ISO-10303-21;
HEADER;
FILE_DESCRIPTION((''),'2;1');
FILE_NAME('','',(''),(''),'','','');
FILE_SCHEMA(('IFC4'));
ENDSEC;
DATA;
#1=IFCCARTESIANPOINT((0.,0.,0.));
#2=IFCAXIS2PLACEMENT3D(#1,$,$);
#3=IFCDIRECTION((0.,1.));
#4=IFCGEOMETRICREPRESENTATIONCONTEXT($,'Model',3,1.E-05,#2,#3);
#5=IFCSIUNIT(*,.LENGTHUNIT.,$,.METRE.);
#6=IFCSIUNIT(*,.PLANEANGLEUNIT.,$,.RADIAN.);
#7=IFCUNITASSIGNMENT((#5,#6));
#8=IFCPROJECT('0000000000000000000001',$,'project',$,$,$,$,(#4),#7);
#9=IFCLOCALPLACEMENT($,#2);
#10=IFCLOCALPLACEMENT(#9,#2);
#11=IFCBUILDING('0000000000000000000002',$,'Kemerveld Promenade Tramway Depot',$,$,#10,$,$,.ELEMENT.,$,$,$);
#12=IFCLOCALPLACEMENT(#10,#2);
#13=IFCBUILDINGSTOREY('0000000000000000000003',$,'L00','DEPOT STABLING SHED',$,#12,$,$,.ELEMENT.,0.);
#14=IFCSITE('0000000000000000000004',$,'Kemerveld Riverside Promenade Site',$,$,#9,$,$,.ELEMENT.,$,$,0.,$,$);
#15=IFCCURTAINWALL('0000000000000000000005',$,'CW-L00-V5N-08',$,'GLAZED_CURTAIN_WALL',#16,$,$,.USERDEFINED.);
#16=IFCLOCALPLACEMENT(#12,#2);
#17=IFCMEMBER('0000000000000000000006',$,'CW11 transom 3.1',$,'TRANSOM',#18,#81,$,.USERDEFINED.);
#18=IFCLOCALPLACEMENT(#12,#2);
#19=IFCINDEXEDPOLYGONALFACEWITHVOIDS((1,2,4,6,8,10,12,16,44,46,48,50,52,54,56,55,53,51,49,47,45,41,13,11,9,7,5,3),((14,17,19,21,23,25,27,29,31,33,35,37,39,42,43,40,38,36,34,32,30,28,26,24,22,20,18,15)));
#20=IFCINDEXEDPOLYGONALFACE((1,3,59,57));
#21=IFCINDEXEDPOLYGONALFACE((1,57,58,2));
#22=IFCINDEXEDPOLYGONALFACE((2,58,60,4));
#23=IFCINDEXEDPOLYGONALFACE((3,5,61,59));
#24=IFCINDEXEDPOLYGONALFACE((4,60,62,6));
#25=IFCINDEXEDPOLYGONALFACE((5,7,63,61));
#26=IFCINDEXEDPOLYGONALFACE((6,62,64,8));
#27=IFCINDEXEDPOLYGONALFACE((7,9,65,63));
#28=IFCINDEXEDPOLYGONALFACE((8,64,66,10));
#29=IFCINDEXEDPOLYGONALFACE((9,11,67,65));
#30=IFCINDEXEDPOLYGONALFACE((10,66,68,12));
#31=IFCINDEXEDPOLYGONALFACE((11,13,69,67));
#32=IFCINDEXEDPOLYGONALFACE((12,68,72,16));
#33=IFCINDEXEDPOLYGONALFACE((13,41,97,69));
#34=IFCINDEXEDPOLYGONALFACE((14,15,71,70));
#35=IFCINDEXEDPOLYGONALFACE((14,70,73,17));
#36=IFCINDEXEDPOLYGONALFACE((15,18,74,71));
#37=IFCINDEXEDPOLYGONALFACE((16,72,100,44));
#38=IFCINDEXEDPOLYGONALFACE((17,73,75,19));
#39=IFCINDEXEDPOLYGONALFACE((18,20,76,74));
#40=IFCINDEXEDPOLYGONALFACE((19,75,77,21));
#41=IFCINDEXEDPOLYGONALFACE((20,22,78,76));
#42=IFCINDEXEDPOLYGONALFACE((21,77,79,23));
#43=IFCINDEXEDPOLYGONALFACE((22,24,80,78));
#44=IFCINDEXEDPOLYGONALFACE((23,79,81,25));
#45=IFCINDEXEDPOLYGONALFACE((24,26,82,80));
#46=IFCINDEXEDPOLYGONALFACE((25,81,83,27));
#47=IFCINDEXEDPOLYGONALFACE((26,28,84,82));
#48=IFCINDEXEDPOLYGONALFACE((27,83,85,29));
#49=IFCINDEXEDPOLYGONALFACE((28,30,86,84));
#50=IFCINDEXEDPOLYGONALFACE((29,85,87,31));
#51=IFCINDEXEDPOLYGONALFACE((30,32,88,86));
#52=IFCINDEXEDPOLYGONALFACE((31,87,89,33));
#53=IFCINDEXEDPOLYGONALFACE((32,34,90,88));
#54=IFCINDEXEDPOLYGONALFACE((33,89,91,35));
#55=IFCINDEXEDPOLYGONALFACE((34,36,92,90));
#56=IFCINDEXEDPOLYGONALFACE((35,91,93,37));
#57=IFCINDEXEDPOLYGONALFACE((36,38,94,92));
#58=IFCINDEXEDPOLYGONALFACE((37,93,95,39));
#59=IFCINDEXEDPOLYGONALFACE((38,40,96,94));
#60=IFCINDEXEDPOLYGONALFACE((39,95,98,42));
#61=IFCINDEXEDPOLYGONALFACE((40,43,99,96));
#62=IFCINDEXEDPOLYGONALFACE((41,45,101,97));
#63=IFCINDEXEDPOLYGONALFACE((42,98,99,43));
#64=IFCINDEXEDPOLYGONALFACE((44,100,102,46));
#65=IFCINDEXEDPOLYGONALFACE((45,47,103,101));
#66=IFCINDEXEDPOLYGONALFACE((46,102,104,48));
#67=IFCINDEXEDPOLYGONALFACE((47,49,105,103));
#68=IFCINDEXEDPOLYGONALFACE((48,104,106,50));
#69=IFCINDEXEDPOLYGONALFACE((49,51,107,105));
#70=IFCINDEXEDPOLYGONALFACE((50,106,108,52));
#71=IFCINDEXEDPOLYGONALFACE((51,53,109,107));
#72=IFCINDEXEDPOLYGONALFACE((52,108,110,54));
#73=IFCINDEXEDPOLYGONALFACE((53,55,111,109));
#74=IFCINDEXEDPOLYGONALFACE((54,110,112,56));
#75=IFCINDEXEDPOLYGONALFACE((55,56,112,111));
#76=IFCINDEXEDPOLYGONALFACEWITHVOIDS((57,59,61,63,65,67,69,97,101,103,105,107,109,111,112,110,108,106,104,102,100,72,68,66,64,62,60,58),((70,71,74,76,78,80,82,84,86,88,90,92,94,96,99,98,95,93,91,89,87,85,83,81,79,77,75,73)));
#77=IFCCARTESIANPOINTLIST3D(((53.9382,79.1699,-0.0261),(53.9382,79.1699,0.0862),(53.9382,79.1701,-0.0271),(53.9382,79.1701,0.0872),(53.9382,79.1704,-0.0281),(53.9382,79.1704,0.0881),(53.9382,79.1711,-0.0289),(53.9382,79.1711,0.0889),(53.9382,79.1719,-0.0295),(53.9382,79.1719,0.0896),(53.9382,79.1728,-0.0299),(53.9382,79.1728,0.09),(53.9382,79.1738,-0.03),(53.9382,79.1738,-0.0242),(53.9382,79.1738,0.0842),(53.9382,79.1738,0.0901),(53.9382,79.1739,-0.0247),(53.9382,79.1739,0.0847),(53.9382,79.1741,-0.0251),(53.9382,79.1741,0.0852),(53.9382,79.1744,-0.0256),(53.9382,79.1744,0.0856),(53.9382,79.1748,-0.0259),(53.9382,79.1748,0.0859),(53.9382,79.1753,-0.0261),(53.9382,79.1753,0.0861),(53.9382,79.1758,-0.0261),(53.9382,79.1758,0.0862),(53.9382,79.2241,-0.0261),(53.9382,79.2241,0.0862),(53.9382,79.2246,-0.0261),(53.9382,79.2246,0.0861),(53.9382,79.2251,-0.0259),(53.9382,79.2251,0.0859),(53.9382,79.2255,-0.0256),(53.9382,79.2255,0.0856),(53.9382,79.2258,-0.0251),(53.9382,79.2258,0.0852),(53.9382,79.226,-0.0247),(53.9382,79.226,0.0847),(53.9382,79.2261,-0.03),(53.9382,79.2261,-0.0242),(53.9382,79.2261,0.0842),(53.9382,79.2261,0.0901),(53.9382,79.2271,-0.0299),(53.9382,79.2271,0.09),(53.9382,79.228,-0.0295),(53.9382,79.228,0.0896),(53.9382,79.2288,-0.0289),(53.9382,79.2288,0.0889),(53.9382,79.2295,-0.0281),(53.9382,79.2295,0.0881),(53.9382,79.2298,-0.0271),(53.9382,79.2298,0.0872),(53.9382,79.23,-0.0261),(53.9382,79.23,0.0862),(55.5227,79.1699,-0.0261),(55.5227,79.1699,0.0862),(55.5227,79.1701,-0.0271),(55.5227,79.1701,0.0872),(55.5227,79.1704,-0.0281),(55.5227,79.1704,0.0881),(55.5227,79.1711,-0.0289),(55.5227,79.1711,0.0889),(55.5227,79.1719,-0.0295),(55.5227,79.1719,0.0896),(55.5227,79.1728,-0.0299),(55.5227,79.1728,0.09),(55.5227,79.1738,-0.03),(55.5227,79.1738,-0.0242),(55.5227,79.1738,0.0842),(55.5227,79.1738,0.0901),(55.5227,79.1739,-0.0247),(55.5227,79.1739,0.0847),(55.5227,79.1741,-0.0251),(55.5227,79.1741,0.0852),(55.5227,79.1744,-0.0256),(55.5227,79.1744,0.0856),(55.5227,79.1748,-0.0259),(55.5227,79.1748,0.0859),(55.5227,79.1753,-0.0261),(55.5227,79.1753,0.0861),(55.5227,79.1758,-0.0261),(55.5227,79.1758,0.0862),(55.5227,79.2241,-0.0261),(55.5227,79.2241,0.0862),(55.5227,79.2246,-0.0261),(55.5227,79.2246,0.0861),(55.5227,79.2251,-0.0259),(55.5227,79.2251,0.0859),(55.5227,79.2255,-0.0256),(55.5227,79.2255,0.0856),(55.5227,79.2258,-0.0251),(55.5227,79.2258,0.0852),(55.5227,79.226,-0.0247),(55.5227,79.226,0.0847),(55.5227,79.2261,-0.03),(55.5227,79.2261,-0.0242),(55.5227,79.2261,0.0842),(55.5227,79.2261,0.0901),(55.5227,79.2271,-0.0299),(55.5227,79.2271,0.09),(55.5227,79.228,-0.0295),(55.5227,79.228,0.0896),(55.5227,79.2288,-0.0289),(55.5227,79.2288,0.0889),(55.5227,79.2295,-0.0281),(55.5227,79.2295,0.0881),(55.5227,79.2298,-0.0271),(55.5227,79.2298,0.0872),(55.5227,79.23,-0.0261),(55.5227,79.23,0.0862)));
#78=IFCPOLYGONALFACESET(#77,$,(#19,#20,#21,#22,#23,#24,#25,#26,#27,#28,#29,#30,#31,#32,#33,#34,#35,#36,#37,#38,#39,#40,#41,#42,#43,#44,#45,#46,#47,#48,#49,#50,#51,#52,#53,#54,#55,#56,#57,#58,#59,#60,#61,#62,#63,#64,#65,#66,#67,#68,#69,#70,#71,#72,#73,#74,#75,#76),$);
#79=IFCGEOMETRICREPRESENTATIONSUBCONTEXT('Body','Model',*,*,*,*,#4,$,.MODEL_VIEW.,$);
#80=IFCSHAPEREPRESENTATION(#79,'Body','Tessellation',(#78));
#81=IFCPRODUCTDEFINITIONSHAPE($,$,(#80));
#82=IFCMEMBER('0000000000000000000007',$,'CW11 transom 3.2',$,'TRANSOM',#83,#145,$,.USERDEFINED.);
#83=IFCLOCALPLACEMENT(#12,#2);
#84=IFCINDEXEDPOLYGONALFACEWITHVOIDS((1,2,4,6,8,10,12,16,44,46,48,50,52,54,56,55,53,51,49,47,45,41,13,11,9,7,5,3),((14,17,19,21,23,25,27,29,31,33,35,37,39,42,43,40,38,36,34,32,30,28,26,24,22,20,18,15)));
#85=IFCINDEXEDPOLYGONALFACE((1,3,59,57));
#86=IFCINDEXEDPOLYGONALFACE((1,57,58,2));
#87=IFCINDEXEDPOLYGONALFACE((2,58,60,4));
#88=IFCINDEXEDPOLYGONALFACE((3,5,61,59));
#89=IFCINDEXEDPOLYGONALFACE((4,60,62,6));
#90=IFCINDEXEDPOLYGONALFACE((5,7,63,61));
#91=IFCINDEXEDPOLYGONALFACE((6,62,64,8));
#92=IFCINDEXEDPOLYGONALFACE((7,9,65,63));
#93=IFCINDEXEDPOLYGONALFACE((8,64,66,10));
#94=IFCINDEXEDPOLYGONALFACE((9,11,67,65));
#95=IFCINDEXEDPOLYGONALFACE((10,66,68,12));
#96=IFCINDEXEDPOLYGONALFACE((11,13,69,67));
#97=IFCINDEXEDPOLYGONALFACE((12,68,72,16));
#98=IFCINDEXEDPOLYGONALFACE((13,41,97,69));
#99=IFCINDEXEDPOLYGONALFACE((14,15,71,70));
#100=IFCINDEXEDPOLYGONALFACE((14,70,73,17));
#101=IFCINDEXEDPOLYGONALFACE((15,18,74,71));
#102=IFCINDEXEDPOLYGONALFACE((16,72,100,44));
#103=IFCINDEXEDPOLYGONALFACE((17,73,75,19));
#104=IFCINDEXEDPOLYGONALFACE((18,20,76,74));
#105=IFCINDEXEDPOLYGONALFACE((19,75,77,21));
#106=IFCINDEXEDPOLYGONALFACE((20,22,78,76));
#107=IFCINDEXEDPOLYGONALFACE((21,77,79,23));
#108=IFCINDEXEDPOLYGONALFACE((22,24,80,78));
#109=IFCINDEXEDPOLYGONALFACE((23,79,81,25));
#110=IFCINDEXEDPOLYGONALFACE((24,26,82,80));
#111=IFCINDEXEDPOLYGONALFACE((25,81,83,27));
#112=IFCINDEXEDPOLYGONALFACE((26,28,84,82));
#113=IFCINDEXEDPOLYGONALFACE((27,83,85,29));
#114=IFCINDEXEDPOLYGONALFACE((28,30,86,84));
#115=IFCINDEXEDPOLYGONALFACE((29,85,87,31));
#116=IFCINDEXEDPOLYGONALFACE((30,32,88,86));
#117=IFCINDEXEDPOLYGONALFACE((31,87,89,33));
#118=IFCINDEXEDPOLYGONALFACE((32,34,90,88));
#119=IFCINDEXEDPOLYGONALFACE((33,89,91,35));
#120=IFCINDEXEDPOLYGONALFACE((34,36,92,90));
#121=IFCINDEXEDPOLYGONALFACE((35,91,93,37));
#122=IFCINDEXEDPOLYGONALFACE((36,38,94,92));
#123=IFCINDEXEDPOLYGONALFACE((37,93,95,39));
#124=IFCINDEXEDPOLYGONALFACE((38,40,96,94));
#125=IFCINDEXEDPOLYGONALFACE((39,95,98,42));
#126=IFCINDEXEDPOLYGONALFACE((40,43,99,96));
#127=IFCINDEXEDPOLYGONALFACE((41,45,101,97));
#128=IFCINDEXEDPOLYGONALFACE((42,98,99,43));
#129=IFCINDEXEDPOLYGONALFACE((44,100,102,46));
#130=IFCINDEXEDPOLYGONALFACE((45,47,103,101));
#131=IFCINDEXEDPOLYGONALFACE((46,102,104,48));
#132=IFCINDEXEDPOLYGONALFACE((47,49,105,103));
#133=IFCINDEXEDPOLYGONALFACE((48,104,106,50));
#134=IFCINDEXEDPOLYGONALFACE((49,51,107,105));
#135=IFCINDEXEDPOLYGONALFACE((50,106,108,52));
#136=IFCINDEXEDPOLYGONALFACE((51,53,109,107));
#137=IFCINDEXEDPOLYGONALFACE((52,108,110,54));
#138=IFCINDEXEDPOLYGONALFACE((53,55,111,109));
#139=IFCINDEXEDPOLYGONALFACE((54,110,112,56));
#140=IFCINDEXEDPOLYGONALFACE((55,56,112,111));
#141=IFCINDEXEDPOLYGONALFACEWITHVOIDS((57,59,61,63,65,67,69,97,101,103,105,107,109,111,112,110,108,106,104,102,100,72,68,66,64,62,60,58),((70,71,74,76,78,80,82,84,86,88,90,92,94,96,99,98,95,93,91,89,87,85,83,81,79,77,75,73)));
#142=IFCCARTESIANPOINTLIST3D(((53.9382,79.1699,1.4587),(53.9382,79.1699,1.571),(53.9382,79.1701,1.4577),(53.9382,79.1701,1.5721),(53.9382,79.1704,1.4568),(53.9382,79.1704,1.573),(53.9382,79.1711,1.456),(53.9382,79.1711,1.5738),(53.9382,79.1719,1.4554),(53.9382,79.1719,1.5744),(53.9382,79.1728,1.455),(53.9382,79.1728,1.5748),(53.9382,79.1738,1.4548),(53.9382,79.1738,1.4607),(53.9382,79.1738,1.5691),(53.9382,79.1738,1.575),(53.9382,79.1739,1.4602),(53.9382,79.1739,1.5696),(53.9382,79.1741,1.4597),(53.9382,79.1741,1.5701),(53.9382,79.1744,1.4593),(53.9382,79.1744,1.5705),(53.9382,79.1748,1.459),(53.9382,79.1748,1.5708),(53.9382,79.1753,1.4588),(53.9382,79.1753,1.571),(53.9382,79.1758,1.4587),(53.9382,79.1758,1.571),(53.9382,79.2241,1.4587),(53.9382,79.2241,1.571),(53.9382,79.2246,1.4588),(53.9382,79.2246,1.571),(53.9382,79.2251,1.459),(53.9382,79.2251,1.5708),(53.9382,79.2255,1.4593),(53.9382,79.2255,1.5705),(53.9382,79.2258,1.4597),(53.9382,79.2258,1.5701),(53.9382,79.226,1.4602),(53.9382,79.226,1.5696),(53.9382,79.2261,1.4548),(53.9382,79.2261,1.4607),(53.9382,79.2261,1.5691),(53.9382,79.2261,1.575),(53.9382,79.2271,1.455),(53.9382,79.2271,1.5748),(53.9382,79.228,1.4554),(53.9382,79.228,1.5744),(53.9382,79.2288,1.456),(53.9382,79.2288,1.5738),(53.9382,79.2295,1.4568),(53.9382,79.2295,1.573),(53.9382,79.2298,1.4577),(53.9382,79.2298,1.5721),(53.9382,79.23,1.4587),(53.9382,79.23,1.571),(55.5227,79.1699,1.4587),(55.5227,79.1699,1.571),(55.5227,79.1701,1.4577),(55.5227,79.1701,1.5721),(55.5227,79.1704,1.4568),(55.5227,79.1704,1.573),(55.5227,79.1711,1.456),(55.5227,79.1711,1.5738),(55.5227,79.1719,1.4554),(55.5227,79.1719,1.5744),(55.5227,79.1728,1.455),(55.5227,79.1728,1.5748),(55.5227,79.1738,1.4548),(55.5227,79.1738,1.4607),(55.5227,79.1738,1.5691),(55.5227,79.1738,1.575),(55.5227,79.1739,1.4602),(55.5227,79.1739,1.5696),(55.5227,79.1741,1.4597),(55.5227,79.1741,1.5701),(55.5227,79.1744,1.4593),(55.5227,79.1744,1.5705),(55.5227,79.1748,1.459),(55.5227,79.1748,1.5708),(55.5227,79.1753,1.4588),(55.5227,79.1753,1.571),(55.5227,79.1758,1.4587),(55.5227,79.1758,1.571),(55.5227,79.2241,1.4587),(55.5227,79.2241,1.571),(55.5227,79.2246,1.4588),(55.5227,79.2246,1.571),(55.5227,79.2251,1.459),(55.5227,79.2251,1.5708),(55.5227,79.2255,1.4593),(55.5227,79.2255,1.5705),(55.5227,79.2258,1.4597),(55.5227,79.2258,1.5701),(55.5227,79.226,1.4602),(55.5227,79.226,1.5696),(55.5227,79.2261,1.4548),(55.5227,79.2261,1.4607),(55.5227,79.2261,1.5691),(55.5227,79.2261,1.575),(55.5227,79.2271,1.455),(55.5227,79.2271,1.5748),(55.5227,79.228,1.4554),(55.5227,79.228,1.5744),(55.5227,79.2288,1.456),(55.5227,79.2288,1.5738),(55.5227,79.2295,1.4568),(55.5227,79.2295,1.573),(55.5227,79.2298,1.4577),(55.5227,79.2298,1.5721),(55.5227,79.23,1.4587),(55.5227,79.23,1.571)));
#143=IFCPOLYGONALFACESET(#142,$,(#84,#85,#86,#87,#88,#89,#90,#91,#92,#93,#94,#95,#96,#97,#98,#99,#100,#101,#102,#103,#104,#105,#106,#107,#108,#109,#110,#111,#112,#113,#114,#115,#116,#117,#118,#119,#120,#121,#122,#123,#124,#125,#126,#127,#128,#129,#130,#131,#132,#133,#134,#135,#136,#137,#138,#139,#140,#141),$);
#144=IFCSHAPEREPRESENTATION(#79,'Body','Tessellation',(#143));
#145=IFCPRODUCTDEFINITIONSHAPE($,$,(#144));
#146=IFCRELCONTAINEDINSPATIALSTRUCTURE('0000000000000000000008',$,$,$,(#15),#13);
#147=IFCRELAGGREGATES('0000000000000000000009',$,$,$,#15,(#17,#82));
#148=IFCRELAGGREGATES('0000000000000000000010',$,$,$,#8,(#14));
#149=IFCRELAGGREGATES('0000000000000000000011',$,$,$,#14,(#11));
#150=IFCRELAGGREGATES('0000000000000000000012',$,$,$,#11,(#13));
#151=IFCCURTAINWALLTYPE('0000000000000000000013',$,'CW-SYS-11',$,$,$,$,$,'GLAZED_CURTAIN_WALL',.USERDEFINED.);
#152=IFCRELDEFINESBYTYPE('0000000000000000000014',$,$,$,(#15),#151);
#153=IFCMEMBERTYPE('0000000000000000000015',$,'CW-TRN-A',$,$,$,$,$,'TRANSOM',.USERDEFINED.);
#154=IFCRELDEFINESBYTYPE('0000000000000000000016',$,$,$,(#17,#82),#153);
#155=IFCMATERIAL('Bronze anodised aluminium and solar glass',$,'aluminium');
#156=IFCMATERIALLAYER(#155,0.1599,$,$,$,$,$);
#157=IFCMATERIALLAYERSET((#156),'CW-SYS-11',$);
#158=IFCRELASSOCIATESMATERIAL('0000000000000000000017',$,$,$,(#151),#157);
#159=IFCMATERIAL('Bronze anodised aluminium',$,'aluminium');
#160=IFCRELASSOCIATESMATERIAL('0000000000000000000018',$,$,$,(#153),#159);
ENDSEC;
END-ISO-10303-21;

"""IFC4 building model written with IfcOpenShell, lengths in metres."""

from ifc_helpers import new_model, si_unit, direction, frame, origin, origin_2d, place, context, subcontext, project, spatial, hollow_rectangle, extrude, material, layer, layer_set, material_profile, profile_set, type_object, element, aggregate, save


model = new_model("IFC4")

# Units and contexts
model_context = context("Model", 3, precision=1e-05, world=origin(), true_north=direction((0.0, 1.0)))
body_context = subcontext(model_context, "Body", "Model", "MODEL_VIEW")
ifc_project = project(units=[si_unit("LENGTHUNIT", "METRE"), si_unit("PLANEANGLEUNIT", "RADIAN")], contexts=[model_context])

# Site, building, storey
site_placement = place(None, origin())
site = spatial("IfcSite", under=ifc_project, at=site_placement, Name="Kemerveld Riverside Promenade Site", CompositionType="ELEMENT", RefElevation=0.0)
building_placement = place(site_placement, origin())
building = spatial("IfcBuilding", under=site, at=building_placement, Name="Kemerveld Promenade Tramway Depot", CompositionType="ELEMENT")
storey_placement = place(building_placement, origin())
storey = spatial("IfcBuildingStorey", under=building, at=storey_placement, Name="L00", Description="DEPOT STABLING SHED", CompositionType="ELEMENT", Elevation=0.0)

# Curtain wall, members
ifc_material_1 = material(Name="Bronze anodised aluminium and solar glass", Category="aluminium")
ifc_layer_1 = layer(ifc_material_1, 0.1599)
ifc_layer_set_1 = layer_set([ifc_layer_1], Name="CW-SYS-11")
curtain_wall_type = type_object("IfcCurtainWallType", Name="CW-SYS-11", ElementType="GLAZED_CURTAIN_WALL", PredefinedType="USERDEFINED", material=ifc_layer_set_1)
curtain_wall_placement = place(storey_placement, origin())
curtain_wall = element("IfcCurtainWall", 1, at=curtain_wall_placement, inside=storey, type_object=curtain_wall_type, Name="CW-L00-V5N-08", ObjectType="GLAZED_CURTAIN_WALL", PredefinedType="USERDEFINED")
ifc_material_2 = material(Name="Bronze anodised aluminium", Category="aluminium")
ifc_material_profile_1 = material_profile(ifc_material_2, hollow_rectangle(XDim=0.0601, YDim=0.1201, WallThickness=0.0039, InnerFilletRadius=0.002, OuterFilletRadius=0.0039, at=origin_2d()), Name="CW-TRN-120x60")
ifc_profile_set_1 = profile_set([ifc_material_profile_1], Name="Bronze anodised aluminium")
member_type_1 = type_object("IfcMemberType", Name="CW-TRN-A", ElementType="TRANSOM", PredefinedType="USERDEFINED", material=ifc_profile_set_1)
member_1_placement = place(storey_placement, frame((53.9382, 79.2, 0.03), z_axis=(1.0, 0.0, 0.0), x_axis=(0.0, 1.0, 0.0)))
member_1 = element("IfcMember", 2, at=member_1_placement, type_object=member_type_1, Name="CW11 transom 3.1", ObjectType="TRANSOM", PredefinedType="USERDEFINED", context=body_context, shape_type="SweptSolid", body=[
    extrude(hollow_rectangle(XDim=0.0601, YDim=0.1201, WallThickness=0.0039, InnerFilletRadius=0.002, OuterFilletRadius=0.0039, at=origin_2d()), origin(), (0.0, 0.0, 1.0), 1.5845),
])
member_2_placement = place(storey_placement, frame((53.9382, 79.2, 1.5149), z_axis=(1.0, 0.0, 0.0), x_axis=(0.0, 1.0, 0.0)))
member_2 = element("IfcMember", 3, at=member_2_placement, type_object=member_type_1, Name="CW11 transom 3.2", ObjectType="TRANSOM", PredefinedType="USERDEFINED", context=body_context, shape_type="SweptSolid", body=[
    extrude(hollow_rectangle(XDim=0.0601, YDim=0.1201, WallThickness=0.0039, InnerFilletRadius=0.002, OuterFilletRadius=0.0039, at=origin_2d()), origin(), (0.0, 0.0, 1.0), 1.5845),
])
aggregate(curtain_wall, [member_1, member_2])

save(model, "model.ifc")
